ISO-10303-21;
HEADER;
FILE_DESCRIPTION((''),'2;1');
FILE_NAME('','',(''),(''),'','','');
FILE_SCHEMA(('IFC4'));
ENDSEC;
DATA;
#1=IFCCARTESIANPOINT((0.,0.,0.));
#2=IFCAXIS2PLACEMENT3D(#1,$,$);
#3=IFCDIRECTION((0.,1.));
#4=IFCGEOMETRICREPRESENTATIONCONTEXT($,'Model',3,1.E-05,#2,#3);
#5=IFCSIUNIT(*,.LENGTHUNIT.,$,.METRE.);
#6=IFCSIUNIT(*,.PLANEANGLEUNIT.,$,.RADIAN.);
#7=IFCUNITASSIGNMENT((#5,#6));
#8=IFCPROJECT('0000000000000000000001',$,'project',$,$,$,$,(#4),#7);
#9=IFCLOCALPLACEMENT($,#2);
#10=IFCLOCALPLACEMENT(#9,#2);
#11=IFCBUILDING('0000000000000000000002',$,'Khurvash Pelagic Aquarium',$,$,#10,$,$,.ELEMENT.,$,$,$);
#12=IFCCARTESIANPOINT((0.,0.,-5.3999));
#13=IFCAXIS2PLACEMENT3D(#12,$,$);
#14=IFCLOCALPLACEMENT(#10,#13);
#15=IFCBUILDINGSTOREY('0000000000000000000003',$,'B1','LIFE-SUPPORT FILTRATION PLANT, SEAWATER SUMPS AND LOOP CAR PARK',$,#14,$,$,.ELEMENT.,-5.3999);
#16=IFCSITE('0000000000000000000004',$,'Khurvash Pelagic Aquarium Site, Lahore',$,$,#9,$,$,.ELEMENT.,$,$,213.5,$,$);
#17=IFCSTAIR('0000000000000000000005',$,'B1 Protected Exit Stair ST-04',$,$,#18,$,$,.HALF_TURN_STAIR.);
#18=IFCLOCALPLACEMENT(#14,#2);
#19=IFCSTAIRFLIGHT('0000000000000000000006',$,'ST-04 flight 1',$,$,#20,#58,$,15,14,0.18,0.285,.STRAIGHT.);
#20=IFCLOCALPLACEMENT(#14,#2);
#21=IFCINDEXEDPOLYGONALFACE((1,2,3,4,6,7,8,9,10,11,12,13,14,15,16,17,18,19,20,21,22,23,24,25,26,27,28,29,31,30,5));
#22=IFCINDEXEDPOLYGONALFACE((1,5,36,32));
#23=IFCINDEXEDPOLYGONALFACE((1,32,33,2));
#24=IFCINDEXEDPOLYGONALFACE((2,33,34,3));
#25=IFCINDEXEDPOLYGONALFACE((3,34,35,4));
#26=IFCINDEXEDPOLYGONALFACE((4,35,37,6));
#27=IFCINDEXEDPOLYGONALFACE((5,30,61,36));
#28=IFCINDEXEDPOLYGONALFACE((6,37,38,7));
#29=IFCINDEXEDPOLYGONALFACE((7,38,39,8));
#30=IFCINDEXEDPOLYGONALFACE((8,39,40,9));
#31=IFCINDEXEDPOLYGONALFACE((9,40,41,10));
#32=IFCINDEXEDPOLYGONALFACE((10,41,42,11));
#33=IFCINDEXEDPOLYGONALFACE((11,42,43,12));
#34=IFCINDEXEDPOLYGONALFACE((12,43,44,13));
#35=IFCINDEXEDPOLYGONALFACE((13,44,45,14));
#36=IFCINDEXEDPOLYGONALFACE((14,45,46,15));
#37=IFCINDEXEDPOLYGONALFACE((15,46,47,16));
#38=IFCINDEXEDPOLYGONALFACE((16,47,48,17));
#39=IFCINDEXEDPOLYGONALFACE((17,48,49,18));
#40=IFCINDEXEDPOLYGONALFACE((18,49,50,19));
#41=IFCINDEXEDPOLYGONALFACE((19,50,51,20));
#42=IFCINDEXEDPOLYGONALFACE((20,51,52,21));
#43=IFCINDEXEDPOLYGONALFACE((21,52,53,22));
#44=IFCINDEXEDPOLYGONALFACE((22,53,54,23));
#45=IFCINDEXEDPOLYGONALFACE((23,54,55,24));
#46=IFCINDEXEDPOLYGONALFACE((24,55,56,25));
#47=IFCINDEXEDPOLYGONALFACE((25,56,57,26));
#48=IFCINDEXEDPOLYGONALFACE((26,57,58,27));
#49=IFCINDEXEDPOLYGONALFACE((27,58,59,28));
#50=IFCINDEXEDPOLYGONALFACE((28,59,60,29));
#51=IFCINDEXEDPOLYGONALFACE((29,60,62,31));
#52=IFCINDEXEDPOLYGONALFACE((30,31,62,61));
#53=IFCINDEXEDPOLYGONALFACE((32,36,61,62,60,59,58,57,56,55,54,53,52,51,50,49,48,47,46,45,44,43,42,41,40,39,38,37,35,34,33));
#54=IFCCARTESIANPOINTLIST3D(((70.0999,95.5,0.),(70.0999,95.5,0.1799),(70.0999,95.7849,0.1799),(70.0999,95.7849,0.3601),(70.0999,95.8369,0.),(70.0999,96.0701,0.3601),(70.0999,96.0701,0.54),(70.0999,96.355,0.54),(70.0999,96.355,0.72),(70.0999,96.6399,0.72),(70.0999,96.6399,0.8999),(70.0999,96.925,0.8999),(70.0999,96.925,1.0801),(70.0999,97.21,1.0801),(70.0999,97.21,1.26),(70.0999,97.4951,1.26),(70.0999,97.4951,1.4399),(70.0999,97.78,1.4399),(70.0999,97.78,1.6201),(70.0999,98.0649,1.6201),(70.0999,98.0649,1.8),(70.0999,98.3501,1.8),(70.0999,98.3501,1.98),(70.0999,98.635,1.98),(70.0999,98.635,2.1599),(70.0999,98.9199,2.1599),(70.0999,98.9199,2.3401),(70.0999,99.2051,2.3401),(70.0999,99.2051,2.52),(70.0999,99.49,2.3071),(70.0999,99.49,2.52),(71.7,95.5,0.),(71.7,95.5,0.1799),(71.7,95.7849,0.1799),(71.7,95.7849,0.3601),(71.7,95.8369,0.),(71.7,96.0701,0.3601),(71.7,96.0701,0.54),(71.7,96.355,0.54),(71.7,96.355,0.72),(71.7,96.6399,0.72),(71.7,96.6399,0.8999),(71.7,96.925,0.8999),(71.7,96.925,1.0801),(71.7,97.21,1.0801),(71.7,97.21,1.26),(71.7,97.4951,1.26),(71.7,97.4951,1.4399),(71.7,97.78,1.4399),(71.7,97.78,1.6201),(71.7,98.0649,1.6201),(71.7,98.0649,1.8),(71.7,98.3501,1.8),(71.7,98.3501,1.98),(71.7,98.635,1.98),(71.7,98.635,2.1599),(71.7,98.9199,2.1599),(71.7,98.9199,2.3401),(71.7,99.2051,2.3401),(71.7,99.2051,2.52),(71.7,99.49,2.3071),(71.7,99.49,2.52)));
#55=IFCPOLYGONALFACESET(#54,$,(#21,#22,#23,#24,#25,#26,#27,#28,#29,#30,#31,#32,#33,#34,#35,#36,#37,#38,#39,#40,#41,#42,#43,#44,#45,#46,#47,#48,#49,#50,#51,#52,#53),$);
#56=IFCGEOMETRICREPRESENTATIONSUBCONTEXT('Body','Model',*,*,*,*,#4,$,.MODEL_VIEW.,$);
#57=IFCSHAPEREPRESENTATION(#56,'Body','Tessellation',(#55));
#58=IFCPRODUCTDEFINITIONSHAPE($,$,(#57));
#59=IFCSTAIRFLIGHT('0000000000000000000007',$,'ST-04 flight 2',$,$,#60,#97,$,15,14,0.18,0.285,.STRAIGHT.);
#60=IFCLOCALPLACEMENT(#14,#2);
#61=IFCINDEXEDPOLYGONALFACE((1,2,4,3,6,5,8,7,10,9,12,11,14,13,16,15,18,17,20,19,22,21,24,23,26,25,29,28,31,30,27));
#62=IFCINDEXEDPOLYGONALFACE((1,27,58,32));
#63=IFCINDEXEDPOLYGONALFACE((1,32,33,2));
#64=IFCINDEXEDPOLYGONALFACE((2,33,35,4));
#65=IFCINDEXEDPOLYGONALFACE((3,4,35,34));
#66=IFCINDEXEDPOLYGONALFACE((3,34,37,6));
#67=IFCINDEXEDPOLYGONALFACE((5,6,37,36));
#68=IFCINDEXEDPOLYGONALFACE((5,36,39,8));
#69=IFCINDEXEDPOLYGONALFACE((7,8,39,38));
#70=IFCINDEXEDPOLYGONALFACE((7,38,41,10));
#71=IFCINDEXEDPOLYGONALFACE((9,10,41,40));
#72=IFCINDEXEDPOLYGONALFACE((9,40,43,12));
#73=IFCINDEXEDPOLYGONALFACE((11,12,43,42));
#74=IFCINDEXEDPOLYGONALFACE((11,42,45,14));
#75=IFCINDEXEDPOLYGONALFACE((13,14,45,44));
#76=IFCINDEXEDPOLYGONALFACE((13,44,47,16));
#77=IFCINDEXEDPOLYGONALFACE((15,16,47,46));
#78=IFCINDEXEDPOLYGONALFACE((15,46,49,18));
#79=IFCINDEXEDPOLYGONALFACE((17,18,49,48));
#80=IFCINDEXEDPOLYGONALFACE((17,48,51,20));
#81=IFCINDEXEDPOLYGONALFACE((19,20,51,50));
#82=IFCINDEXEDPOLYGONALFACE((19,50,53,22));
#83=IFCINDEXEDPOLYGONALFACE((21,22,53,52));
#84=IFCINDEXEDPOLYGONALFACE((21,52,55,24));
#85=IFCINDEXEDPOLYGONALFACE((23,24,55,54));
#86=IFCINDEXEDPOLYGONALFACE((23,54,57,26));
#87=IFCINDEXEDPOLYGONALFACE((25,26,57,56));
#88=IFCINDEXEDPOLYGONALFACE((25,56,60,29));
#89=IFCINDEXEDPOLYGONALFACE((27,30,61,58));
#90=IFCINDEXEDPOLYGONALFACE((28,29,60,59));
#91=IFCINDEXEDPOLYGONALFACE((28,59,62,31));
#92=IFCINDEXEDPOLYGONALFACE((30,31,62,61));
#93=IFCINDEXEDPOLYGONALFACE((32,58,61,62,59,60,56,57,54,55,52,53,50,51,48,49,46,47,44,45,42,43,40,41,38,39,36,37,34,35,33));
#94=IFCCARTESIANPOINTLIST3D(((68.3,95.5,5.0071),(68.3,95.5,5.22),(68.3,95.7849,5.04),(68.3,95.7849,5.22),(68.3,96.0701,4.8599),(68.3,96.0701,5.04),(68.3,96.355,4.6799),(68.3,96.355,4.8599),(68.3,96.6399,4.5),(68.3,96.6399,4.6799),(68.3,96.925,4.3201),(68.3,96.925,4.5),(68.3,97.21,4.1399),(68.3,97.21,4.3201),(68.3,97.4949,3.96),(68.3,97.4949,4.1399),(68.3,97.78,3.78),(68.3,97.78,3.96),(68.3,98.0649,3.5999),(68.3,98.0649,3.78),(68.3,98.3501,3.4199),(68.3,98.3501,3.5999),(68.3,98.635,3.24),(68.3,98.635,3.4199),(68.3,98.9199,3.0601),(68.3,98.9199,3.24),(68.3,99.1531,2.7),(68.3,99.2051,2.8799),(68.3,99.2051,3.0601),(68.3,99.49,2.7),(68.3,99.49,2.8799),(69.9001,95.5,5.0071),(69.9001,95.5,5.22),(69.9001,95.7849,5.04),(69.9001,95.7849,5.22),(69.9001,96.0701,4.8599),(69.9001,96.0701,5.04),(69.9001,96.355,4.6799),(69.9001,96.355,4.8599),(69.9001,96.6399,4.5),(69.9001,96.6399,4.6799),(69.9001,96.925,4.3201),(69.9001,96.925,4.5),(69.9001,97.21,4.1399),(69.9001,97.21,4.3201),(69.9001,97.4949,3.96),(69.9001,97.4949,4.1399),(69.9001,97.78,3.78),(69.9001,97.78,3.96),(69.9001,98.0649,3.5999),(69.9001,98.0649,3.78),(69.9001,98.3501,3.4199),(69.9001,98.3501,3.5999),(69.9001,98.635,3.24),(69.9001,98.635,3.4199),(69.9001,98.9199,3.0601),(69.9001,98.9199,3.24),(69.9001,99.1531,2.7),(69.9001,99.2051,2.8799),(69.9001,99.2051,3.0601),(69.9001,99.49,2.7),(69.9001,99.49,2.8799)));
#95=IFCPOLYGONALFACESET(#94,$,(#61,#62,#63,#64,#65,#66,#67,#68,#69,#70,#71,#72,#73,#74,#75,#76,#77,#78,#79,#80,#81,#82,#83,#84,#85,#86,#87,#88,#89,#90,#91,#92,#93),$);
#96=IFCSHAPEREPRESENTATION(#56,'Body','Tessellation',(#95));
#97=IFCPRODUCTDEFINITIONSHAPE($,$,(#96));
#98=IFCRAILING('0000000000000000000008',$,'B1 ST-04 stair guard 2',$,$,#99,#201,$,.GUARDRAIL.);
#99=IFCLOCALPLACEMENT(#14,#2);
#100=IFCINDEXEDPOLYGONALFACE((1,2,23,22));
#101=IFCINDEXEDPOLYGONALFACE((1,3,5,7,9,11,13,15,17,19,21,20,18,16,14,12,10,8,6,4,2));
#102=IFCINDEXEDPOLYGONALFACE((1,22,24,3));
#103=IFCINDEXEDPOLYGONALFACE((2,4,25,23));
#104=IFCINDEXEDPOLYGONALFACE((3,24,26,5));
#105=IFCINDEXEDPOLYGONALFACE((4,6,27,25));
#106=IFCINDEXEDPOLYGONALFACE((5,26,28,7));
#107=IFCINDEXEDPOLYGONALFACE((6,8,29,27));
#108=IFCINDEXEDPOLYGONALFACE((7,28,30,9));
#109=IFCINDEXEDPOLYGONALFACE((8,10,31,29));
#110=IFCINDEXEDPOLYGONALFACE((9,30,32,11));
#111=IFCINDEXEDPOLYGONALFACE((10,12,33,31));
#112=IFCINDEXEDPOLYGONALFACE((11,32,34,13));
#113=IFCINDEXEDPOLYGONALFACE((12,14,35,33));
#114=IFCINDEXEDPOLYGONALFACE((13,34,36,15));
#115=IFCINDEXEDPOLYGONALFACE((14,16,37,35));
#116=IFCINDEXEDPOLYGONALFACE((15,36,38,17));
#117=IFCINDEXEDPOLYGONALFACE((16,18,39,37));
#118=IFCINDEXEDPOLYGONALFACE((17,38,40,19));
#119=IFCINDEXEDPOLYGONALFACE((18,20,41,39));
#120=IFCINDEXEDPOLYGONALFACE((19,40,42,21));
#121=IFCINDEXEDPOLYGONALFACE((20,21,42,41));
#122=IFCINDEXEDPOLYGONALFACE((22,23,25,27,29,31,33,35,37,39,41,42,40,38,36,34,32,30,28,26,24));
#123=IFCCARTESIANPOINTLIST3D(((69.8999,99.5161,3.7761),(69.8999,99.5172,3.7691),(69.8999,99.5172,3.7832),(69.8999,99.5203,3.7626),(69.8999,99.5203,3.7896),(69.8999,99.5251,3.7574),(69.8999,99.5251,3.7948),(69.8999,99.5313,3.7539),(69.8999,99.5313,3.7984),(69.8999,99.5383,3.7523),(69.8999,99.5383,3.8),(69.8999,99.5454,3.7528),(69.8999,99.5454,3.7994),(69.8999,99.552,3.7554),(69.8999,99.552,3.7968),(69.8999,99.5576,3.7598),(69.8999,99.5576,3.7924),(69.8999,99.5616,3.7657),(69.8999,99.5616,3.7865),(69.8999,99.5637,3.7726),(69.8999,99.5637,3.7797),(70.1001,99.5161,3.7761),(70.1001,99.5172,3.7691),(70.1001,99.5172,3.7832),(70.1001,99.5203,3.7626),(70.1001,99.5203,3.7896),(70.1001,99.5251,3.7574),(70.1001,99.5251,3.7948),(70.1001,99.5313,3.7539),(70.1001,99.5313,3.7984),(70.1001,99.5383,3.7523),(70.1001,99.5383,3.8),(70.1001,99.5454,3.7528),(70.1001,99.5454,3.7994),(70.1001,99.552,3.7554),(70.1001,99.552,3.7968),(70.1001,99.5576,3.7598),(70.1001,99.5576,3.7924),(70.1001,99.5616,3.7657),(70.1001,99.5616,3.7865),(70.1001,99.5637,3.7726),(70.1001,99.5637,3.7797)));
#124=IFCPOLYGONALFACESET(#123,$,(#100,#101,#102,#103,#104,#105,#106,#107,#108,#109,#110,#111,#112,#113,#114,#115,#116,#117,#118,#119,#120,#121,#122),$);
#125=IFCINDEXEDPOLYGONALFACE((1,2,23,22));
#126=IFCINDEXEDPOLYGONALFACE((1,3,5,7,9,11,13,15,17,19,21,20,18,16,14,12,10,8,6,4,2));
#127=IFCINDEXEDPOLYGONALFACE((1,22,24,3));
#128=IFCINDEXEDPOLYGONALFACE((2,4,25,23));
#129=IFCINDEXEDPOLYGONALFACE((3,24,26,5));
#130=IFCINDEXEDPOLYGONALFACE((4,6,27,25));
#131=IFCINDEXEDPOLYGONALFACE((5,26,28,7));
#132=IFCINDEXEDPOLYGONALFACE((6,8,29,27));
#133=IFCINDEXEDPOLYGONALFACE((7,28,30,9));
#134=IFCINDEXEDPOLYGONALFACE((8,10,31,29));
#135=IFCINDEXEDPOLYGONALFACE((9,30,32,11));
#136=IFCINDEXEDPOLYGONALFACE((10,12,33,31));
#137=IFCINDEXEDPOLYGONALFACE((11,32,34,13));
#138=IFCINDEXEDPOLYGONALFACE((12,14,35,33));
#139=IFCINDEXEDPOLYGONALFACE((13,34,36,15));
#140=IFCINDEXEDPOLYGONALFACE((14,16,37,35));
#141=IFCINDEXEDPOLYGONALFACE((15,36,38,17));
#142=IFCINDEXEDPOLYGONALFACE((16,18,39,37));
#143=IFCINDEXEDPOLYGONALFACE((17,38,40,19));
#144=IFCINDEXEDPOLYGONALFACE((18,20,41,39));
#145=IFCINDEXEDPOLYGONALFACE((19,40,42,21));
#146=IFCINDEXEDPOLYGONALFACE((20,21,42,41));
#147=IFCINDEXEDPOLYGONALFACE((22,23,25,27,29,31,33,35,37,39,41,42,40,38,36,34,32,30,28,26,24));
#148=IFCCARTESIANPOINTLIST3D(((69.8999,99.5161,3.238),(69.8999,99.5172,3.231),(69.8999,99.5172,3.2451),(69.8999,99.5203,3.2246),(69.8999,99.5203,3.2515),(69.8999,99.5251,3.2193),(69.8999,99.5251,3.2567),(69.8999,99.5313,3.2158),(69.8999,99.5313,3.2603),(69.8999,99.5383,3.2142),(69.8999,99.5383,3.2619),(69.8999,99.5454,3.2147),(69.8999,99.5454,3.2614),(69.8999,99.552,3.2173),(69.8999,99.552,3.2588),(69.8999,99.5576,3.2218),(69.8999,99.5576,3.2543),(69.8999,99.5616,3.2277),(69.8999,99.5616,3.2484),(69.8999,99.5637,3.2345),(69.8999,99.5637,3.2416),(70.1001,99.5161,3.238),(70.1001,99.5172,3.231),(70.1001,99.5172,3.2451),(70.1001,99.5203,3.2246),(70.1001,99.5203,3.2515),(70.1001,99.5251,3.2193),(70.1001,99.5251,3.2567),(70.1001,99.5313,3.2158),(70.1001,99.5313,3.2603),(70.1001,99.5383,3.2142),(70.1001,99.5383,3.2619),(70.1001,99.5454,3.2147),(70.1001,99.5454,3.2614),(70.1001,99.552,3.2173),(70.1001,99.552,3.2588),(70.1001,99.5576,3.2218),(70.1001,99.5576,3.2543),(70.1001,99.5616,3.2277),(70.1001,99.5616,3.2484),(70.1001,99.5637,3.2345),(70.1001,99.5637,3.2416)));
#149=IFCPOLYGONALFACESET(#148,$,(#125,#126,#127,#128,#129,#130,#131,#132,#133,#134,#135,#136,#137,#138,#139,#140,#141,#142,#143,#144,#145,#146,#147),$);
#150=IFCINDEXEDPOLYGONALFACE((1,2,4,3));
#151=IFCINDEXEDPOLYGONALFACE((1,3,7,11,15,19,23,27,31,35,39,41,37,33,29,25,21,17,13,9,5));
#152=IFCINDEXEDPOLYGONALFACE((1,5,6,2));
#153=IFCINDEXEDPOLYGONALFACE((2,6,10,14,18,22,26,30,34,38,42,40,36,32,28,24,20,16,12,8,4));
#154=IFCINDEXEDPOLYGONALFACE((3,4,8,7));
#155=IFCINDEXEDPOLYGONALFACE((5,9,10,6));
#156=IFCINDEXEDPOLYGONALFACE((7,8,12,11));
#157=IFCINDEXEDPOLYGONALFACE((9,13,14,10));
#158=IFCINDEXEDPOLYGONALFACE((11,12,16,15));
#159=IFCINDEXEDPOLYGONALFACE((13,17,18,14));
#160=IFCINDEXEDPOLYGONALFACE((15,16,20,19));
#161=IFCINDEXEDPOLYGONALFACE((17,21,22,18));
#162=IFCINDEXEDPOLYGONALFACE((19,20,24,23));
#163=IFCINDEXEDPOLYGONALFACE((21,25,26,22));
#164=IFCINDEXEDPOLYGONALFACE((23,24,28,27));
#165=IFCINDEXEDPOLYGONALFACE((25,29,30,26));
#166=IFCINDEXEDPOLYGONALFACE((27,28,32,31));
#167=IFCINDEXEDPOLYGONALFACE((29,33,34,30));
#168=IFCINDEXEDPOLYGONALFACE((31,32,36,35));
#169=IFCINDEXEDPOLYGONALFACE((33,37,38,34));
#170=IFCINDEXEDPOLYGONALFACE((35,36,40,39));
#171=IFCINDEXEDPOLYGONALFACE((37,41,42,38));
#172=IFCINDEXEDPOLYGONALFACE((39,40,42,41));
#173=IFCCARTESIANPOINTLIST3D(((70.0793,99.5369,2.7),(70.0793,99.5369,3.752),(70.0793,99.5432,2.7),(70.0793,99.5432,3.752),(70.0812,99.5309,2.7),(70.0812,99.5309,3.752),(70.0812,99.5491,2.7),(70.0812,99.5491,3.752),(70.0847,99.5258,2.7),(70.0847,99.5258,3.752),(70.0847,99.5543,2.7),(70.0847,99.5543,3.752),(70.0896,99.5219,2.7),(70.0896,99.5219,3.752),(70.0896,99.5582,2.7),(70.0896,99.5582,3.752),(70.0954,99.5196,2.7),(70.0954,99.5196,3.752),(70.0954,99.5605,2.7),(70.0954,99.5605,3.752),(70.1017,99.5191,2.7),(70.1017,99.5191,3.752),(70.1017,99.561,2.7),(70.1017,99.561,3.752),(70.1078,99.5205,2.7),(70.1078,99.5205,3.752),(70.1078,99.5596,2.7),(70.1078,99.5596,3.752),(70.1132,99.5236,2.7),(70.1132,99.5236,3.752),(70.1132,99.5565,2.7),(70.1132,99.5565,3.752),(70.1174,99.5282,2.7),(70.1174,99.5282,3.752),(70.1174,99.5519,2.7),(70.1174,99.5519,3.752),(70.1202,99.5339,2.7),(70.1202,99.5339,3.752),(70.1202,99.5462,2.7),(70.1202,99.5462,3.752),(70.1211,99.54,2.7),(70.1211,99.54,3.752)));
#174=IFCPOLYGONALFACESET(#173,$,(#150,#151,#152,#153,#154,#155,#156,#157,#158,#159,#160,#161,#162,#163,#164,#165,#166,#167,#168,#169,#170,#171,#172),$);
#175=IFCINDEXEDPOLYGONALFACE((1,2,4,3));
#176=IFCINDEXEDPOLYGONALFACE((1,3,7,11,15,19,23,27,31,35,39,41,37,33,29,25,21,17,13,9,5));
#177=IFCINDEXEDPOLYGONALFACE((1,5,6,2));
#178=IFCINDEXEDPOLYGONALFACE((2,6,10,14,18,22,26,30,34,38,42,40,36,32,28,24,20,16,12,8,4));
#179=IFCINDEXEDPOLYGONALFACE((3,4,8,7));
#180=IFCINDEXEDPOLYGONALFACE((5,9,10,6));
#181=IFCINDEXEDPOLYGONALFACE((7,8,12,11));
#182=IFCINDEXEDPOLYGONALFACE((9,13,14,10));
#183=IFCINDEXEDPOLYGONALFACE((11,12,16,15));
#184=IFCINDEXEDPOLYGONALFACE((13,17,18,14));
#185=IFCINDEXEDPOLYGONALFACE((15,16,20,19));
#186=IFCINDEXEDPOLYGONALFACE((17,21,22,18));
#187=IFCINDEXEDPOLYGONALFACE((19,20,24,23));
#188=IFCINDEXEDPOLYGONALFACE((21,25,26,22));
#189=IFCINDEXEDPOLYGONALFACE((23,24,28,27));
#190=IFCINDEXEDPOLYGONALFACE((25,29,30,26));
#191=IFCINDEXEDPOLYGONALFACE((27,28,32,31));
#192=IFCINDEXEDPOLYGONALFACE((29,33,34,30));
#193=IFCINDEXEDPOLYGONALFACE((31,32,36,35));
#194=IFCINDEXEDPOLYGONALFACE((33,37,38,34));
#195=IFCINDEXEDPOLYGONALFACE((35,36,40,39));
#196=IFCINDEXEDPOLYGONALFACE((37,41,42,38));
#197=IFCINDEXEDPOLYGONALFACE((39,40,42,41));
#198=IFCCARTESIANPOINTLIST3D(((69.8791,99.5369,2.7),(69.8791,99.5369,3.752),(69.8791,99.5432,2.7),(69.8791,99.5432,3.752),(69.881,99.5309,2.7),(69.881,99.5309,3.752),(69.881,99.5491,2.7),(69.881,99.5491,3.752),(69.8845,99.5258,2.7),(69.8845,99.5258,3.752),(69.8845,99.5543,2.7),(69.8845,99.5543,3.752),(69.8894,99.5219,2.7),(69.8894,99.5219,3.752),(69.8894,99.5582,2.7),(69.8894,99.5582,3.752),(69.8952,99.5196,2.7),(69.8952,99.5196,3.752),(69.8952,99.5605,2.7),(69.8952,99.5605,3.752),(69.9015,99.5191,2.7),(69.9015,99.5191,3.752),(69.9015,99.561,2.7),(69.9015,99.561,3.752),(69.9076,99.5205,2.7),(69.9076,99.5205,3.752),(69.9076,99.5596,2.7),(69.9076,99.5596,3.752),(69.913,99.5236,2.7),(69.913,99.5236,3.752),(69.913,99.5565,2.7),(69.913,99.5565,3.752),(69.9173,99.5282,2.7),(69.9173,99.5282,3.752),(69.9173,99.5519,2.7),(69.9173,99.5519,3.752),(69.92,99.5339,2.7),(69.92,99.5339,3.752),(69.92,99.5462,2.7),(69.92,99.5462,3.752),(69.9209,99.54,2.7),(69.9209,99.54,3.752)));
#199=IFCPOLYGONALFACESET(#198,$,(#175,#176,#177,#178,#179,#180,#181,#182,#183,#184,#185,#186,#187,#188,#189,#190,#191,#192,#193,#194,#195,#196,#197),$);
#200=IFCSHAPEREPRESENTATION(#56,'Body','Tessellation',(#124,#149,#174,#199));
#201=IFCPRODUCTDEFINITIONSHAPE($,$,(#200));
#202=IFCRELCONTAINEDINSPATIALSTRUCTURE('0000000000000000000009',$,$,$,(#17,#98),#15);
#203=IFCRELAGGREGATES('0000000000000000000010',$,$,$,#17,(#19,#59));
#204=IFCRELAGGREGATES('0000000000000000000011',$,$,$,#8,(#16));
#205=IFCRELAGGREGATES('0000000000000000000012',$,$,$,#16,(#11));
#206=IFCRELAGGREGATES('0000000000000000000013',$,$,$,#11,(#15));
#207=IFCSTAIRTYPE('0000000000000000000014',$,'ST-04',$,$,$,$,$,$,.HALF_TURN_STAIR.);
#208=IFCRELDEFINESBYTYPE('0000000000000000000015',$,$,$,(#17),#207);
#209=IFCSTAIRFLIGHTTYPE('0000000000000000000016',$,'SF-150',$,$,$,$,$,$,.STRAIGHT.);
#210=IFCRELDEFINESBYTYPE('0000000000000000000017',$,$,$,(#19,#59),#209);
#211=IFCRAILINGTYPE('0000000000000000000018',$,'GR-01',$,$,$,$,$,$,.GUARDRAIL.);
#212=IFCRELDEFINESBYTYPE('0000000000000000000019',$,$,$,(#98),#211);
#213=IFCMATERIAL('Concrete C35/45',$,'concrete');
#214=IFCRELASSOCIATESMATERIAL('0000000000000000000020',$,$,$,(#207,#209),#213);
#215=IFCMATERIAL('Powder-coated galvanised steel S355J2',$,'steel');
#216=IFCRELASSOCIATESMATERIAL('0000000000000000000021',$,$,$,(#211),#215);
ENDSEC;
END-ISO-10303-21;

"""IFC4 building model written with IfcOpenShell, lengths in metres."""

from ifc_helpers import new_model, si_unit, direction, frame, origin, origin_2d, place, context, subcontext, project, spatial, polyline, circle, outline, extrude, material, type_object, element, aggregate, save


model = new_model("IFC4")

# Units and contexts
model_context = context("Model", 3, precision=1e-05, world=origin(), true_north=direction((0.0, 1.0)))
body_context = subcontext(model_context, "Body", "Model", "MODEL_VIEW")
ifc_project = project(units=[si_unit("LENGTHUNIT", "METRE"), si_unit("PLANEANGLEUNIT", "RADIAN")], contexts=[model_context])

# Site, building, storey
site_placement = place(None, origin())
site = spatial("IfcSite", under=ifc_project, at=site_placement, Name="Khurvash Pelagic Aquarium Site, Lahore", CompositionType="ELEMENT", RefElevation=213.5)
building_placement = place(site_placement, origin())
building = spatial("IfcBuilding", under=site, at=building_placement, Name="Khurvash Pelagic Aquarium", CompositionType="ELEMENT")
storey_placement = place(building_placement, frame((0.0, 0.0, -5.3999)))
storey = spatial("IfcBuildingStorey", under=building, at=storey_placement, Name="B1", Description="LIFE-SUPPORT FILTRATION PLANT, SEAWATER SUMPS AND LOOP CAR PARK", CompositionType="ELEMENT", Elevation=-5.3999)

# Shared definitions
ifc_material_1 = material(Name="Concrete C35/45", Category="concrete")

# Stair, stair flights
stair_type = type_object("IfcStairType", Name="ST-04", PredefinedType="HALF_TURN_STAIR", material=ifc_material_1)
stair_placement = place(storey_placement, origin())
stair = element("IfcStair", 1, at=stair_placement, inside=storey, type_object=stair_type, Name="B1 Protected Exit Stair ST-04", PredefinedType="HALF_TURN_STAIR")
stair_flight_type = type_object("IfcStairFlightType", Name="SF-150", PredefinedType="STRAIGHT", material=ifc_material_1)
stair_flight_1_placement = place(storey_placement, frame((70.8999, 95.5, 0.0), z_axis=(0.0, 0.0, 1.0), x_axis=(0.0, 1.0, 0.0)))
stair_flight_1 = element("IfcStairFlight", 2, at=stair_flight_1_placement, type_object=stair_flight_type, Name="ST-04 flight 1", NumberOfRisers=15, NumberOfTreads=14, PredefinedType="STRAIGHT", RiserHeight=0.18, TreadLength=0.285, context=body_context, shape_type="SweptSolid", body=[
    extrude(outline(polyline([(0.0, 0.0), (0.0, 0.1799), (0.2849, 0.1799), (0.2849, 0.3601), (0.5701, 0.3601), (0.5701, 0.54), (0.855, 0.54), (0.855, 0.72), (1.1399, 0.72), (1.1399, 0.8999), (1.425, 0.8999), (1.425, 1.0801), (1.71, 1.0801), (1.71, 1.26), (1.9951, 1.26), (1.9951, 1.4399), (2.28, 1.4399), (2.28, 1.6201), (2.5649, 1.6201), (2.5649, 1.8), (2.8501, 1.8), (2.8501, 1.98), (3.135, 1.98), (3.135, 2.1599), (3.4199, 2.1599), (3.4199, 2.3401), (3.7051, 2.3401), (3.7051, 2.52), (3.99, 2.52), (3.99, 2.7), (3.99, 2.3071), (0.3369, 0.0), (0.0, 0.0)])), frame((0.0, 0.8, 0.0), z_axis=(0.0, -1.0, 0.0), x_axis=(1.0, 0.0, 0.0)), (0.0, 0.0, 1.0), 1.6001),
])
stair_flight_2_placement = place(storey_placement, frame((69.1001, 99.49, 2.7), z_axis=(0.0, 0.0, 1.0), x_axis=(0.0, -1.0, 0.0)))
stair_flight_2 = element("IfcStairFlight", 3, at=stair_flight_2_placement, type_object=stair_flight_type, Name="ST-04 flight 2", NumberOfRisers=15, NumberOfTreads=14, PredefinedType="STRAIGHT", RiserHeight=0.18, TreadLength=0.285, context=body_context, shape_type="SweptSolid", body=[
    extrude(outline(polyline([(0.0, 0.0), (0.0, 0.1799), (0.2849, 0.1799), (0.2849, 0.3601), (0.5701, 0.3601), (0.5701, 0.54), (0.855, 0.54), (0.855, 0.72), (1.1399, 0.72), (1.1399, 0.8999), (1.425, 0.8999), (1.425, 1.0801), (1.71, 1.0801), (1.71, 1.26), (1.9951, 1.26), (1.9951, 1.4399), (2.28, 1.4399), (2.28, 1.6201), (2.5649, 1.6201), (2.5649, 1.8), (2.8501, 1.8), (2.8501, 1.98), (3.135, 1.98), (3.135, 2.1599), (3.4199, 2.1599), (3.4199, 2.3401), (3.7051, 2.3401), (3.7051, 2.52), (3.99, 2.52), (3.99, 2.7), (3.99, 2.3071), (0.3369, 0.0), (0.0, 0.0)])), frame((0.0, 0.8, 0.0), z_axis=(0.0, -1.0, 0.0), x_axis=(1.0, 0.0, 0.0)), (0.0, 0.0, 1.0), 1.6001),
])
aggregate(stair, [stair_flight_1, stair_flight_2])

# Railing
ifc_material_2 = material(Name="Powder-coated galvanised steel S355J2", Category="steel")
railing_type_1 = type_object("IfcRailingType", Name="GR-01", PredefinedType="GUARDRAIL", material=ifc_material_2)
railing_1_placement = place(storey_placement, frame((70.1001, 99.54, 2.7)))
element("IfcRailing", 4, at=railing_1_placement, inside=storey, type_object=railing_type_1, Name="B1 ST-04 stair guard 2", PredefinedType="GUARDRAIL", context=body_context, shape_type="SweptSolid", body=[
    extrude(circle(Radius=0.0239, at=origin_2d()), frame((0.0, 0.0, 1.0762), z_axis=(-1.0, 0.0, 0.0), x_axis=(0.0, -1.0, 0.0)), (0.0, 0.0, 1.0), 0.2002),
    extrude(circle(Radius=0.0239, at=origin_2d()), frame((0.0, 0.0, 0.5381), z_axis=(-1.0, 0.0, 0.0), x_axis=(0.0, -1.0, 0.0)), (0.0, 0.0, 1.0), 0.2002),
    extrude(circle(Radius=0.021, at=origin_2d()), origin(), (0.0, 0.0, 1.0), 1.052),
    extrude(circle(Radius=0.021, at=origin_2d()), frame((-0.2002, 0.0, 0.0)), (0.0, 0.0, 1.0), 1.052),
])

save(model, "model.ifc")
